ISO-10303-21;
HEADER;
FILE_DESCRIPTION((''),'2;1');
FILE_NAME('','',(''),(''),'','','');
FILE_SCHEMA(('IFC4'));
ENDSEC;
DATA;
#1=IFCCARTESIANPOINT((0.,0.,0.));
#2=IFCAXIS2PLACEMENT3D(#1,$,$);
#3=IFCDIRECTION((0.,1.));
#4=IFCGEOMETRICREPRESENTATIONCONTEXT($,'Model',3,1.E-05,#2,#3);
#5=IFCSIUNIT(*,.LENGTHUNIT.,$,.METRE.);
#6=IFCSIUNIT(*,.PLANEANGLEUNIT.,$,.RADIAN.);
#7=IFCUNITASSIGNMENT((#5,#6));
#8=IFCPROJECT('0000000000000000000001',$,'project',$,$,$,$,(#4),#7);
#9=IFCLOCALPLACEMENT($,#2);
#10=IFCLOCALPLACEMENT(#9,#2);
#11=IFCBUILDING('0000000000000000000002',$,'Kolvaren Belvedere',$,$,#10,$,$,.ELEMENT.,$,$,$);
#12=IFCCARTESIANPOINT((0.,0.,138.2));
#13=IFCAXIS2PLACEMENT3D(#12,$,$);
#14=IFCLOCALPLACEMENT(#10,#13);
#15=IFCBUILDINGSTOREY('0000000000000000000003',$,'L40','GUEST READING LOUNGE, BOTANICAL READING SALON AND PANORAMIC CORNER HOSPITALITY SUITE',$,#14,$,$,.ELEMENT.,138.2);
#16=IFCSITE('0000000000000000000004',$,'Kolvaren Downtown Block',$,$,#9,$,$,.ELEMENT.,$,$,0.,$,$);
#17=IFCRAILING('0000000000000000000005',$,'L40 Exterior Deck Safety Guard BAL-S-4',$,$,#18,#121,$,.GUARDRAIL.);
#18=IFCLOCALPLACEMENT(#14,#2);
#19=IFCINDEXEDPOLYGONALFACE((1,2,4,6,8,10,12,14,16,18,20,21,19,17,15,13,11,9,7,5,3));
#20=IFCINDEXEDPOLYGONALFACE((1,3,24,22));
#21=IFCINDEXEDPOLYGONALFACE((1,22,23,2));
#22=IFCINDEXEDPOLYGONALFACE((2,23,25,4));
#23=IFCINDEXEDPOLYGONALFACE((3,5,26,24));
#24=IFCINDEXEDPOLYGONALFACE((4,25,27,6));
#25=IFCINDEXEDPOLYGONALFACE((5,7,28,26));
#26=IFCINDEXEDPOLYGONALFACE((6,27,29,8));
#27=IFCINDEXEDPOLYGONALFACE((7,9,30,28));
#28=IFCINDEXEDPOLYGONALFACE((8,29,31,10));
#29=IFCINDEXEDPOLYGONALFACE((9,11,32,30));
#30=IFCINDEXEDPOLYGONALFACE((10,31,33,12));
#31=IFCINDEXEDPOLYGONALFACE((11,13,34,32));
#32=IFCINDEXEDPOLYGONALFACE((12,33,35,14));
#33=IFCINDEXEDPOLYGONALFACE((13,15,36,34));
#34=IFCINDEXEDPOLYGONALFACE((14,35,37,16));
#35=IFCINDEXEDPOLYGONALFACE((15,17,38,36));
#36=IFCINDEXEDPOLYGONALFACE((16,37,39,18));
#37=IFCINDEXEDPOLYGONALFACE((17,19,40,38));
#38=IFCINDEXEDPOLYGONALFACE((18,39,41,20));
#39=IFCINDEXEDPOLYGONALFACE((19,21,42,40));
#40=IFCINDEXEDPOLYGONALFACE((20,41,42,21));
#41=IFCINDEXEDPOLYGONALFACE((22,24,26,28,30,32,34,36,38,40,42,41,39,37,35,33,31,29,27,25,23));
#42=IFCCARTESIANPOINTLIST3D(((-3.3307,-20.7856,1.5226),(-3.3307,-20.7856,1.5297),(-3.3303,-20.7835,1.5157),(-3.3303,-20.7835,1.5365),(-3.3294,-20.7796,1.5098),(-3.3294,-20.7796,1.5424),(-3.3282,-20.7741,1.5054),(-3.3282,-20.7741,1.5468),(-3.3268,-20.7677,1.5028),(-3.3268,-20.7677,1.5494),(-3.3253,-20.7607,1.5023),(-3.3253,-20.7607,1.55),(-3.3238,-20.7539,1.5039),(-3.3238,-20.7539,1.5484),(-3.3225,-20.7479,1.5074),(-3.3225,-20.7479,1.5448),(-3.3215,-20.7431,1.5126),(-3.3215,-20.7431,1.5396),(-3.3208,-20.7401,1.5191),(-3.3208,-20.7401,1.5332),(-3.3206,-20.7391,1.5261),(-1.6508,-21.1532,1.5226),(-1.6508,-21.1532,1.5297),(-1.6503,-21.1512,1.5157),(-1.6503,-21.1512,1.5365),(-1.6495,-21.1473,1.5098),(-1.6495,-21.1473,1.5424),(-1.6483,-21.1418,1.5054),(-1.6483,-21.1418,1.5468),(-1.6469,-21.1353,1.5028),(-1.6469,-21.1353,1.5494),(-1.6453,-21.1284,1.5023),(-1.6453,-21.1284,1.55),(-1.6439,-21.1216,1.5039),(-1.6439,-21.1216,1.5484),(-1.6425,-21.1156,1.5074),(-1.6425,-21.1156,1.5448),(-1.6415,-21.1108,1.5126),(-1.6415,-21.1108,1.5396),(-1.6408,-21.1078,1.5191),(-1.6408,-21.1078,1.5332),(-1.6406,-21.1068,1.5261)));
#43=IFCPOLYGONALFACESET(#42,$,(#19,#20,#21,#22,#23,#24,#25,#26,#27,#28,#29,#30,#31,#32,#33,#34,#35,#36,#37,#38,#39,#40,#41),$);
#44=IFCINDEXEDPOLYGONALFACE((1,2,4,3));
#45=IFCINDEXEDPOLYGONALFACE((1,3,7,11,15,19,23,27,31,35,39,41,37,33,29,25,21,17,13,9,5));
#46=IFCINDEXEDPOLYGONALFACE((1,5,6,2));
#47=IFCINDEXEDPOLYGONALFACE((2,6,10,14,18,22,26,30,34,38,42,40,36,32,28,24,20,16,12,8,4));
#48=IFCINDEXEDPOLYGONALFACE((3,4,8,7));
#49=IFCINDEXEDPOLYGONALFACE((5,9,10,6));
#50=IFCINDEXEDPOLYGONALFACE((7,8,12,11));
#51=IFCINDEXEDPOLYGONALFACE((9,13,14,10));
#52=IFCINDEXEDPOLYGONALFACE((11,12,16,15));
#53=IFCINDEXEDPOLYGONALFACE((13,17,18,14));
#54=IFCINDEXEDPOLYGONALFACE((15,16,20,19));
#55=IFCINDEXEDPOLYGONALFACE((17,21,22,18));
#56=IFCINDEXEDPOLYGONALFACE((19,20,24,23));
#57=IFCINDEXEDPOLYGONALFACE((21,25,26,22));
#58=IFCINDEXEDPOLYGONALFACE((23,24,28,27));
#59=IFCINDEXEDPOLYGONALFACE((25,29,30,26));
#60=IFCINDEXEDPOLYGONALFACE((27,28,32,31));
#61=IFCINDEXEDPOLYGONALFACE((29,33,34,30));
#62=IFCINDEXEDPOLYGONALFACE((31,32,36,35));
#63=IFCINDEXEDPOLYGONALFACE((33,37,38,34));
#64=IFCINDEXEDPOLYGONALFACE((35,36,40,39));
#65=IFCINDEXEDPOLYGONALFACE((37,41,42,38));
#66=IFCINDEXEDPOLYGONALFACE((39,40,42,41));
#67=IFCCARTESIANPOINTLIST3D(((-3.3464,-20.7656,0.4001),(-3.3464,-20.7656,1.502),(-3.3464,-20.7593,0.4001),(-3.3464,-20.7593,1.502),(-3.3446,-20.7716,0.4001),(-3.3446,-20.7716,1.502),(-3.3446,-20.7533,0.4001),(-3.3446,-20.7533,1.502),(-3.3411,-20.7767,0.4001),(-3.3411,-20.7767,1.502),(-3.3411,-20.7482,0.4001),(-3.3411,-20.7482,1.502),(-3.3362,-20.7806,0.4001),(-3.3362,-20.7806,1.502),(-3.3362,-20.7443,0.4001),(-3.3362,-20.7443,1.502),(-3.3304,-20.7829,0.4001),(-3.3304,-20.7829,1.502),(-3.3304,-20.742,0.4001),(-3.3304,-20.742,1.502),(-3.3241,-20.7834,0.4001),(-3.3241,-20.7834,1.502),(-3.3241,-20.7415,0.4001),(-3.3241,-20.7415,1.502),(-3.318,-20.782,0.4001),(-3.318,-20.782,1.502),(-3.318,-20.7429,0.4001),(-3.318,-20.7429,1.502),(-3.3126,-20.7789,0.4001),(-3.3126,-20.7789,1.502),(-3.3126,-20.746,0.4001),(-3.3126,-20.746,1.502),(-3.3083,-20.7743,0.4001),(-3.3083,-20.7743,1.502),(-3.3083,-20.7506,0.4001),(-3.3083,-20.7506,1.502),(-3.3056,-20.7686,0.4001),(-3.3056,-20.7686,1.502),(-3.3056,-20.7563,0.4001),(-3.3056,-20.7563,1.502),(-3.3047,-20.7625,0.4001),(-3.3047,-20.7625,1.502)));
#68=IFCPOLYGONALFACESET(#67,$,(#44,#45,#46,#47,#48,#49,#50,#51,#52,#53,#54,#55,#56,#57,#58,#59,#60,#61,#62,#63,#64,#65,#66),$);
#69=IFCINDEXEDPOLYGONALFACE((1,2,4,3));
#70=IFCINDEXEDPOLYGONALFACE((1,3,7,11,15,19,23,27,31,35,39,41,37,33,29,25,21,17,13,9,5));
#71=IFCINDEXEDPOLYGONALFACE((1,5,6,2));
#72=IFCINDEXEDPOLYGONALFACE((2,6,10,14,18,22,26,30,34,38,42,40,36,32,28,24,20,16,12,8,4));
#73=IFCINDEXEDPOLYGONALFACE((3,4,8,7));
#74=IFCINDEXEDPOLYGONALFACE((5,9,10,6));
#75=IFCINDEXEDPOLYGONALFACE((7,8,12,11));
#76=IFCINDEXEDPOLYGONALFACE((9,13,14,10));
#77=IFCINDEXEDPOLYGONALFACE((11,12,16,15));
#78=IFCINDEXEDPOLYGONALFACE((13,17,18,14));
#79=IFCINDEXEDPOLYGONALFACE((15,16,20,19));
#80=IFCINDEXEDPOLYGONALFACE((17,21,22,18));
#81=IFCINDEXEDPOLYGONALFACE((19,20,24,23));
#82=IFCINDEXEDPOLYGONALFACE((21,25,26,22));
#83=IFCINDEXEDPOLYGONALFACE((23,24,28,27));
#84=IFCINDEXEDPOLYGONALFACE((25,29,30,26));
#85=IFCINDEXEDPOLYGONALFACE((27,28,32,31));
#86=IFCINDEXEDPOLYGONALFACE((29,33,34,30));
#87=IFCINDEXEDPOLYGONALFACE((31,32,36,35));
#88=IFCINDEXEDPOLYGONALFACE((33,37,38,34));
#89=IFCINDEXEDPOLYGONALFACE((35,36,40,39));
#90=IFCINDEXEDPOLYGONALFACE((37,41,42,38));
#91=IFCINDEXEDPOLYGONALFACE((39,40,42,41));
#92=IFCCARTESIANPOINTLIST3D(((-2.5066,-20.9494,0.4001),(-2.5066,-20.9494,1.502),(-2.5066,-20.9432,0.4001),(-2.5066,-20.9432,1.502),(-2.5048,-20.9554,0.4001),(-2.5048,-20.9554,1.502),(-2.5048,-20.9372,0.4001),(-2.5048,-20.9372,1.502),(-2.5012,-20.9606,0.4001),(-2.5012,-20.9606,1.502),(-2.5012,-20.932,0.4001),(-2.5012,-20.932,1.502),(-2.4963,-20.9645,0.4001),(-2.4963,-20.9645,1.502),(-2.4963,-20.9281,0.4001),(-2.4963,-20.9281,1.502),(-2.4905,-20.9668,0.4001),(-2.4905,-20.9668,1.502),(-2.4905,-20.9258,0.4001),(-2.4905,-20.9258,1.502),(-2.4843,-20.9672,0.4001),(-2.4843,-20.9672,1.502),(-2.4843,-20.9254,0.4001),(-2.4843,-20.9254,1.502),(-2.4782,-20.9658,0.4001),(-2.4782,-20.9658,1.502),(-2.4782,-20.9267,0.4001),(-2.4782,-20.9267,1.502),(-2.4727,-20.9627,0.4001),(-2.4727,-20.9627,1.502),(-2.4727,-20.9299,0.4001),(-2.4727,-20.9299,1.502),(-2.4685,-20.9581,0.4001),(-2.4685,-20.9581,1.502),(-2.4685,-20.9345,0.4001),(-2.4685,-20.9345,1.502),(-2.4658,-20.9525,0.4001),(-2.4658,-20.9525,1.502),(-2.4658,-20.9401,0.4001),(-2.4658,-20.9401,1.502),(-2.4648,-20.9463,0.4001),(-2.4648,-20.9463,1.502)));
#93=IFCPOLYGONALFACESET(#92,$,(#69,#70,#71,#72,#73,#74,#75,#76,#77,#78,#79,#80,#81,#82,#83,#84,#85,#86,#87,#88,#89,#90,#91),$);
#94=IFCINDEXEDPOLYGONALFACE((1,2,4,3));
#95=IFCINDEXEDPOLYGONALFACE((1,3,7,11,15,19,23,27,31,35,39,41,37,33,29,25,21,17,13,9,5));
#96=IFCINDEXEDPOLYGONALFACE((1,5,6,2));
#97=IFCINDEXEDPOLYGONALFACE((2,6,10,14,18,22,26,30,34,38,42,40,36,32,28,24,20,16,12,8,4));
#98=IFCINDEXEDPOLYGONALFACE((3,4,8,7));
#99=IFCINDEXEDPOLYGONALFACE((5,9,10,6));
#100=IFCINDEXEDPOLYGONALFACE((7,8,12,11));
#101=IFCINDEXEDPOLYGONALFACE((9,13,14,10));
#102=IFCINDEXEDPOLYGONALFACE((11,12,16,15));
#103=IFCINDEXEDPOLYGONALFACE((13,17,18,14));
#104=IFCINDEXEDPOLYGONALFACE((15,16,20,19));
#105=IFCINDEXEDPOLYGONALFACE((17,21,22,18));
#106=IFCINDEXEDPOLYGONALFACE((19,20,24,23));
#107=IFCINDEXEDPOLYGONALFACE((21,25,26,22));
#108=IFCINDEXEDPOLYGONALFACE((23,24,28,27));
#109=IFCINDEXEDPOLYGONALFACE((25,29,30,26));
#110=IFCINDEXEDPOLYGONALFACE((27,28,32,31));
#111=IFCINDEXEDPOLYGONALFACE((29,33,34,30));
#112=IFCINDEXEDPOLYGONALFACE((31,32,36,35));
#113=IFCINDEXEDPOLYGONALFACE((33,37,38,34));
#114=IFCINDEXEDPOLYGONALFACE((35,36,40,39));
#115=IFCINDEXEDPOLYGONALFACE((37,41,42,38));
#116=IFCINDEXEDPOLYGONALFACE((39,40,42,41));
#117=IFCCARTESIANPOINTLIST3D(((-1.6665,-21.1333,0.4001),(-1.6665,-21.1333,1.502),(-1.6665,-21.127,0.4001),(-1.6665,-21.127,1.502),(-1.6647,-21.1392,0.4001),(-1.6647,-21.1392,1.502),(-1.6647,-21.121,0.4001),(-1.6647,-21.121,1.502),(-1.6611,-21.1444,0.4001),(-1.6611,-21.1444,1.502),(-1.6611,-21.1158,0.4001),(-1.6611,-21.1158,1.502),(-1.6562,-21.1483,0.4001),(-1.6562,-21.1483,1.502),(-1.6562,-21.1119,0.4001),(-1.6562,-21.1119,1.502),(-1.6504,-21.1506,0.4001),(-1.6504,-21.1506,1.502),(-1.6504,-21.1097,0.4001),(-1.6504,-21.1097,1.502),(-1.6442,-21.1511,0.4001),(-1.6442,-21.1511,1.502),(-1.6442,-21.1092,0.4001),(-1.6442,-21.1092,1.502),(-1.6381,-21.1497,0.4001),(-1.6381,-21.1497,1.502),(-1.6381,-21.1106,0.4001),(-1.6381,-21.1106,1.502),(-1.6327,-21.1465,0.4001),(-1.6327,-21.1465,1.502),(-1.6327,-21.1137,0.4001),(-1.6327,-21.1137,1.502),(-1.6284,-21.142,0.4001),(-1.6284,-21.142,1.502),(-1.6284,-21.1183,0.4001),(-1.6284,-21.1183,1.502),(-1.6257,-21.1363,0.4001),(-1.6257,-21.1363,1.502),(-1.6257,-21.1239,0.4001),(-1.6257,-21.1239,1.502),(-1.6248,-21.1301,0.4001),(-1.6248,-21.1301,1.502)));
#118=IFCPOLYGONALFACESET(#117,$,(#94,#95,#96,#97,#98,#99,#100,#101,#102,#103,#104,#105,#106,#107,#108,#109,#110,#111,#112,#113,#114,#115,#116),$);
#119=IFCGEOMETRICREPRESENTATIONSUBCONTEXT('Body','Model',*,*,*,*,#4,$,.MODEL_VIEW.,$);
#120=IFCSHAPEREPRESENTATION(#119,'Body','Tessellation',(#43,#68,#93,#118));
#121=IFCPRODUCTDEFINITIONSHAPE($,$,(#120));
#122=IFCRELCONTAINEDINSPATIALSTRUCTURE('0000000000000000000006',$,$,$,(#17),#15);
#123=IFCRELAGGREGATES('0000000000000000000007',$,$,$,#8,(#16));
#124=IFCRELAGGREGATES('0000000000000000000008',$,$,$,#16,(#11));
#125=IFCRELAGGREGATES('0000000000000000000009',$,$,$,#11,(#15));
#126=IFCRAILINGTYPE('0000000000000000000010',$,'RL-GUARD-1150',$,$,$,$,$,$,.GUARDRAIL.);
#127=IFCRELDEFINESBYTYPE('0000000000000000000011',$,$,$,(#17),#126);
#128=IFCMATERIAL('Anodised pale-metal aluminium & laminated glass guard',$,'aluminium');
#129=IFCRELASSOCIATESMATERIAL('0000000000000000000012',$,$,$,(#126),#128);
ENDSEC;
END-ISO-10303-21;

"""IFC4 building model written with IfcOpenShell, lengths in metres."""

from ifc_helpers import new_model, si_unit, direction, frame, origin, origin_2d, place, context, subcontext, project, spatial, circle, extrude, material, type_object, element, save


model = new_model("IFC4")

# Units and contexts
model_context = context("Model", 3, precision=1e-05, world=origin(), true_north=direction((0.0, 1.0)))
body_context = subcontext(model_context, "Body", "Model", "MODEL_VIEW")
ifc_project = project(units=[si_unit("LENGTHUNIT", "METRE"), si_unit("PLANEANGLEUNIT", "RADIAN")], contexts=[model_context])

# Site, building, storey
site_placement = place(None, origin())
site = spatial("IfcSite", under=ifc_project, at=site_placement, Name="Kolvaren Downtown Block", CompositionType="ELEMENT", RefElevation=0.0)
building_placement = place(site_placement, origin())
building = spatial("IfcBuilding", under=site, at=building_placement, Name="Kolvaren Belvedere", CompositionType="ELEMENT")
storey_placement = place(building_placement, frame((0.0, 0.0, 138.2)))
storey = spatial("IfcBuildingStorey", under=building, at=storey_placement, Name="L40", Description="GUEST READING LOUNGE, BOTANICAL READING SALON AND PANORAMIC CORNER HOSPITALITY SUITE", CompositionType="ELEMENT", Elevation=138.2)

# Railing
ifc_material_1 = material(Name="Anodised pale-metal aluminium & laminated glass guard", Category="aluminium")
railing_type = type_object("IfcRailingType", Name="RL-GUARD-1150", PredefinedType="GUARDRAIL", material=ifc_material_1)
railing_1_placement = place(storey_placement, frame((-3.3257, -20.7625, 0.4001)))
element("IfcRailing", 1, at=railing_1_placement, inside=storey, type_object=railing_type, Name="L40 Exterior Deck Safety Guard BAL-S-4", PredefinedType="GUARDRAIL", context=body_context, shape_type="SweptSolid", body=[
    extrude(circle(Radius=0.0239, at=origin_2d()), frame((0.0, 0.0, 1.126), z_axis=(0.976877, -0.213803, 0.0), x_axis=(0.213803, 0.976877, 0.0)), (0.0, 0.0, 1.0), 1.7197),
    extrude(circle(Radius=0.021, at=origin_2d()), origin(), (0.0, 0.0, 1.0), 1.1018),
    extrude(circle(Radius=0.021, at=origin_2d()), frame((0.8398, -0.1838, 0.0)), (0.0, 0.0, 1.0), 1.1018),
    extrude(circle(Radius=0.021, at=origin_2d()), frame((1.6799, -0.3677, 0.0)), (0.0, 0.0, 1.0), 1.1018),
])

save(model, "model.ifc")
